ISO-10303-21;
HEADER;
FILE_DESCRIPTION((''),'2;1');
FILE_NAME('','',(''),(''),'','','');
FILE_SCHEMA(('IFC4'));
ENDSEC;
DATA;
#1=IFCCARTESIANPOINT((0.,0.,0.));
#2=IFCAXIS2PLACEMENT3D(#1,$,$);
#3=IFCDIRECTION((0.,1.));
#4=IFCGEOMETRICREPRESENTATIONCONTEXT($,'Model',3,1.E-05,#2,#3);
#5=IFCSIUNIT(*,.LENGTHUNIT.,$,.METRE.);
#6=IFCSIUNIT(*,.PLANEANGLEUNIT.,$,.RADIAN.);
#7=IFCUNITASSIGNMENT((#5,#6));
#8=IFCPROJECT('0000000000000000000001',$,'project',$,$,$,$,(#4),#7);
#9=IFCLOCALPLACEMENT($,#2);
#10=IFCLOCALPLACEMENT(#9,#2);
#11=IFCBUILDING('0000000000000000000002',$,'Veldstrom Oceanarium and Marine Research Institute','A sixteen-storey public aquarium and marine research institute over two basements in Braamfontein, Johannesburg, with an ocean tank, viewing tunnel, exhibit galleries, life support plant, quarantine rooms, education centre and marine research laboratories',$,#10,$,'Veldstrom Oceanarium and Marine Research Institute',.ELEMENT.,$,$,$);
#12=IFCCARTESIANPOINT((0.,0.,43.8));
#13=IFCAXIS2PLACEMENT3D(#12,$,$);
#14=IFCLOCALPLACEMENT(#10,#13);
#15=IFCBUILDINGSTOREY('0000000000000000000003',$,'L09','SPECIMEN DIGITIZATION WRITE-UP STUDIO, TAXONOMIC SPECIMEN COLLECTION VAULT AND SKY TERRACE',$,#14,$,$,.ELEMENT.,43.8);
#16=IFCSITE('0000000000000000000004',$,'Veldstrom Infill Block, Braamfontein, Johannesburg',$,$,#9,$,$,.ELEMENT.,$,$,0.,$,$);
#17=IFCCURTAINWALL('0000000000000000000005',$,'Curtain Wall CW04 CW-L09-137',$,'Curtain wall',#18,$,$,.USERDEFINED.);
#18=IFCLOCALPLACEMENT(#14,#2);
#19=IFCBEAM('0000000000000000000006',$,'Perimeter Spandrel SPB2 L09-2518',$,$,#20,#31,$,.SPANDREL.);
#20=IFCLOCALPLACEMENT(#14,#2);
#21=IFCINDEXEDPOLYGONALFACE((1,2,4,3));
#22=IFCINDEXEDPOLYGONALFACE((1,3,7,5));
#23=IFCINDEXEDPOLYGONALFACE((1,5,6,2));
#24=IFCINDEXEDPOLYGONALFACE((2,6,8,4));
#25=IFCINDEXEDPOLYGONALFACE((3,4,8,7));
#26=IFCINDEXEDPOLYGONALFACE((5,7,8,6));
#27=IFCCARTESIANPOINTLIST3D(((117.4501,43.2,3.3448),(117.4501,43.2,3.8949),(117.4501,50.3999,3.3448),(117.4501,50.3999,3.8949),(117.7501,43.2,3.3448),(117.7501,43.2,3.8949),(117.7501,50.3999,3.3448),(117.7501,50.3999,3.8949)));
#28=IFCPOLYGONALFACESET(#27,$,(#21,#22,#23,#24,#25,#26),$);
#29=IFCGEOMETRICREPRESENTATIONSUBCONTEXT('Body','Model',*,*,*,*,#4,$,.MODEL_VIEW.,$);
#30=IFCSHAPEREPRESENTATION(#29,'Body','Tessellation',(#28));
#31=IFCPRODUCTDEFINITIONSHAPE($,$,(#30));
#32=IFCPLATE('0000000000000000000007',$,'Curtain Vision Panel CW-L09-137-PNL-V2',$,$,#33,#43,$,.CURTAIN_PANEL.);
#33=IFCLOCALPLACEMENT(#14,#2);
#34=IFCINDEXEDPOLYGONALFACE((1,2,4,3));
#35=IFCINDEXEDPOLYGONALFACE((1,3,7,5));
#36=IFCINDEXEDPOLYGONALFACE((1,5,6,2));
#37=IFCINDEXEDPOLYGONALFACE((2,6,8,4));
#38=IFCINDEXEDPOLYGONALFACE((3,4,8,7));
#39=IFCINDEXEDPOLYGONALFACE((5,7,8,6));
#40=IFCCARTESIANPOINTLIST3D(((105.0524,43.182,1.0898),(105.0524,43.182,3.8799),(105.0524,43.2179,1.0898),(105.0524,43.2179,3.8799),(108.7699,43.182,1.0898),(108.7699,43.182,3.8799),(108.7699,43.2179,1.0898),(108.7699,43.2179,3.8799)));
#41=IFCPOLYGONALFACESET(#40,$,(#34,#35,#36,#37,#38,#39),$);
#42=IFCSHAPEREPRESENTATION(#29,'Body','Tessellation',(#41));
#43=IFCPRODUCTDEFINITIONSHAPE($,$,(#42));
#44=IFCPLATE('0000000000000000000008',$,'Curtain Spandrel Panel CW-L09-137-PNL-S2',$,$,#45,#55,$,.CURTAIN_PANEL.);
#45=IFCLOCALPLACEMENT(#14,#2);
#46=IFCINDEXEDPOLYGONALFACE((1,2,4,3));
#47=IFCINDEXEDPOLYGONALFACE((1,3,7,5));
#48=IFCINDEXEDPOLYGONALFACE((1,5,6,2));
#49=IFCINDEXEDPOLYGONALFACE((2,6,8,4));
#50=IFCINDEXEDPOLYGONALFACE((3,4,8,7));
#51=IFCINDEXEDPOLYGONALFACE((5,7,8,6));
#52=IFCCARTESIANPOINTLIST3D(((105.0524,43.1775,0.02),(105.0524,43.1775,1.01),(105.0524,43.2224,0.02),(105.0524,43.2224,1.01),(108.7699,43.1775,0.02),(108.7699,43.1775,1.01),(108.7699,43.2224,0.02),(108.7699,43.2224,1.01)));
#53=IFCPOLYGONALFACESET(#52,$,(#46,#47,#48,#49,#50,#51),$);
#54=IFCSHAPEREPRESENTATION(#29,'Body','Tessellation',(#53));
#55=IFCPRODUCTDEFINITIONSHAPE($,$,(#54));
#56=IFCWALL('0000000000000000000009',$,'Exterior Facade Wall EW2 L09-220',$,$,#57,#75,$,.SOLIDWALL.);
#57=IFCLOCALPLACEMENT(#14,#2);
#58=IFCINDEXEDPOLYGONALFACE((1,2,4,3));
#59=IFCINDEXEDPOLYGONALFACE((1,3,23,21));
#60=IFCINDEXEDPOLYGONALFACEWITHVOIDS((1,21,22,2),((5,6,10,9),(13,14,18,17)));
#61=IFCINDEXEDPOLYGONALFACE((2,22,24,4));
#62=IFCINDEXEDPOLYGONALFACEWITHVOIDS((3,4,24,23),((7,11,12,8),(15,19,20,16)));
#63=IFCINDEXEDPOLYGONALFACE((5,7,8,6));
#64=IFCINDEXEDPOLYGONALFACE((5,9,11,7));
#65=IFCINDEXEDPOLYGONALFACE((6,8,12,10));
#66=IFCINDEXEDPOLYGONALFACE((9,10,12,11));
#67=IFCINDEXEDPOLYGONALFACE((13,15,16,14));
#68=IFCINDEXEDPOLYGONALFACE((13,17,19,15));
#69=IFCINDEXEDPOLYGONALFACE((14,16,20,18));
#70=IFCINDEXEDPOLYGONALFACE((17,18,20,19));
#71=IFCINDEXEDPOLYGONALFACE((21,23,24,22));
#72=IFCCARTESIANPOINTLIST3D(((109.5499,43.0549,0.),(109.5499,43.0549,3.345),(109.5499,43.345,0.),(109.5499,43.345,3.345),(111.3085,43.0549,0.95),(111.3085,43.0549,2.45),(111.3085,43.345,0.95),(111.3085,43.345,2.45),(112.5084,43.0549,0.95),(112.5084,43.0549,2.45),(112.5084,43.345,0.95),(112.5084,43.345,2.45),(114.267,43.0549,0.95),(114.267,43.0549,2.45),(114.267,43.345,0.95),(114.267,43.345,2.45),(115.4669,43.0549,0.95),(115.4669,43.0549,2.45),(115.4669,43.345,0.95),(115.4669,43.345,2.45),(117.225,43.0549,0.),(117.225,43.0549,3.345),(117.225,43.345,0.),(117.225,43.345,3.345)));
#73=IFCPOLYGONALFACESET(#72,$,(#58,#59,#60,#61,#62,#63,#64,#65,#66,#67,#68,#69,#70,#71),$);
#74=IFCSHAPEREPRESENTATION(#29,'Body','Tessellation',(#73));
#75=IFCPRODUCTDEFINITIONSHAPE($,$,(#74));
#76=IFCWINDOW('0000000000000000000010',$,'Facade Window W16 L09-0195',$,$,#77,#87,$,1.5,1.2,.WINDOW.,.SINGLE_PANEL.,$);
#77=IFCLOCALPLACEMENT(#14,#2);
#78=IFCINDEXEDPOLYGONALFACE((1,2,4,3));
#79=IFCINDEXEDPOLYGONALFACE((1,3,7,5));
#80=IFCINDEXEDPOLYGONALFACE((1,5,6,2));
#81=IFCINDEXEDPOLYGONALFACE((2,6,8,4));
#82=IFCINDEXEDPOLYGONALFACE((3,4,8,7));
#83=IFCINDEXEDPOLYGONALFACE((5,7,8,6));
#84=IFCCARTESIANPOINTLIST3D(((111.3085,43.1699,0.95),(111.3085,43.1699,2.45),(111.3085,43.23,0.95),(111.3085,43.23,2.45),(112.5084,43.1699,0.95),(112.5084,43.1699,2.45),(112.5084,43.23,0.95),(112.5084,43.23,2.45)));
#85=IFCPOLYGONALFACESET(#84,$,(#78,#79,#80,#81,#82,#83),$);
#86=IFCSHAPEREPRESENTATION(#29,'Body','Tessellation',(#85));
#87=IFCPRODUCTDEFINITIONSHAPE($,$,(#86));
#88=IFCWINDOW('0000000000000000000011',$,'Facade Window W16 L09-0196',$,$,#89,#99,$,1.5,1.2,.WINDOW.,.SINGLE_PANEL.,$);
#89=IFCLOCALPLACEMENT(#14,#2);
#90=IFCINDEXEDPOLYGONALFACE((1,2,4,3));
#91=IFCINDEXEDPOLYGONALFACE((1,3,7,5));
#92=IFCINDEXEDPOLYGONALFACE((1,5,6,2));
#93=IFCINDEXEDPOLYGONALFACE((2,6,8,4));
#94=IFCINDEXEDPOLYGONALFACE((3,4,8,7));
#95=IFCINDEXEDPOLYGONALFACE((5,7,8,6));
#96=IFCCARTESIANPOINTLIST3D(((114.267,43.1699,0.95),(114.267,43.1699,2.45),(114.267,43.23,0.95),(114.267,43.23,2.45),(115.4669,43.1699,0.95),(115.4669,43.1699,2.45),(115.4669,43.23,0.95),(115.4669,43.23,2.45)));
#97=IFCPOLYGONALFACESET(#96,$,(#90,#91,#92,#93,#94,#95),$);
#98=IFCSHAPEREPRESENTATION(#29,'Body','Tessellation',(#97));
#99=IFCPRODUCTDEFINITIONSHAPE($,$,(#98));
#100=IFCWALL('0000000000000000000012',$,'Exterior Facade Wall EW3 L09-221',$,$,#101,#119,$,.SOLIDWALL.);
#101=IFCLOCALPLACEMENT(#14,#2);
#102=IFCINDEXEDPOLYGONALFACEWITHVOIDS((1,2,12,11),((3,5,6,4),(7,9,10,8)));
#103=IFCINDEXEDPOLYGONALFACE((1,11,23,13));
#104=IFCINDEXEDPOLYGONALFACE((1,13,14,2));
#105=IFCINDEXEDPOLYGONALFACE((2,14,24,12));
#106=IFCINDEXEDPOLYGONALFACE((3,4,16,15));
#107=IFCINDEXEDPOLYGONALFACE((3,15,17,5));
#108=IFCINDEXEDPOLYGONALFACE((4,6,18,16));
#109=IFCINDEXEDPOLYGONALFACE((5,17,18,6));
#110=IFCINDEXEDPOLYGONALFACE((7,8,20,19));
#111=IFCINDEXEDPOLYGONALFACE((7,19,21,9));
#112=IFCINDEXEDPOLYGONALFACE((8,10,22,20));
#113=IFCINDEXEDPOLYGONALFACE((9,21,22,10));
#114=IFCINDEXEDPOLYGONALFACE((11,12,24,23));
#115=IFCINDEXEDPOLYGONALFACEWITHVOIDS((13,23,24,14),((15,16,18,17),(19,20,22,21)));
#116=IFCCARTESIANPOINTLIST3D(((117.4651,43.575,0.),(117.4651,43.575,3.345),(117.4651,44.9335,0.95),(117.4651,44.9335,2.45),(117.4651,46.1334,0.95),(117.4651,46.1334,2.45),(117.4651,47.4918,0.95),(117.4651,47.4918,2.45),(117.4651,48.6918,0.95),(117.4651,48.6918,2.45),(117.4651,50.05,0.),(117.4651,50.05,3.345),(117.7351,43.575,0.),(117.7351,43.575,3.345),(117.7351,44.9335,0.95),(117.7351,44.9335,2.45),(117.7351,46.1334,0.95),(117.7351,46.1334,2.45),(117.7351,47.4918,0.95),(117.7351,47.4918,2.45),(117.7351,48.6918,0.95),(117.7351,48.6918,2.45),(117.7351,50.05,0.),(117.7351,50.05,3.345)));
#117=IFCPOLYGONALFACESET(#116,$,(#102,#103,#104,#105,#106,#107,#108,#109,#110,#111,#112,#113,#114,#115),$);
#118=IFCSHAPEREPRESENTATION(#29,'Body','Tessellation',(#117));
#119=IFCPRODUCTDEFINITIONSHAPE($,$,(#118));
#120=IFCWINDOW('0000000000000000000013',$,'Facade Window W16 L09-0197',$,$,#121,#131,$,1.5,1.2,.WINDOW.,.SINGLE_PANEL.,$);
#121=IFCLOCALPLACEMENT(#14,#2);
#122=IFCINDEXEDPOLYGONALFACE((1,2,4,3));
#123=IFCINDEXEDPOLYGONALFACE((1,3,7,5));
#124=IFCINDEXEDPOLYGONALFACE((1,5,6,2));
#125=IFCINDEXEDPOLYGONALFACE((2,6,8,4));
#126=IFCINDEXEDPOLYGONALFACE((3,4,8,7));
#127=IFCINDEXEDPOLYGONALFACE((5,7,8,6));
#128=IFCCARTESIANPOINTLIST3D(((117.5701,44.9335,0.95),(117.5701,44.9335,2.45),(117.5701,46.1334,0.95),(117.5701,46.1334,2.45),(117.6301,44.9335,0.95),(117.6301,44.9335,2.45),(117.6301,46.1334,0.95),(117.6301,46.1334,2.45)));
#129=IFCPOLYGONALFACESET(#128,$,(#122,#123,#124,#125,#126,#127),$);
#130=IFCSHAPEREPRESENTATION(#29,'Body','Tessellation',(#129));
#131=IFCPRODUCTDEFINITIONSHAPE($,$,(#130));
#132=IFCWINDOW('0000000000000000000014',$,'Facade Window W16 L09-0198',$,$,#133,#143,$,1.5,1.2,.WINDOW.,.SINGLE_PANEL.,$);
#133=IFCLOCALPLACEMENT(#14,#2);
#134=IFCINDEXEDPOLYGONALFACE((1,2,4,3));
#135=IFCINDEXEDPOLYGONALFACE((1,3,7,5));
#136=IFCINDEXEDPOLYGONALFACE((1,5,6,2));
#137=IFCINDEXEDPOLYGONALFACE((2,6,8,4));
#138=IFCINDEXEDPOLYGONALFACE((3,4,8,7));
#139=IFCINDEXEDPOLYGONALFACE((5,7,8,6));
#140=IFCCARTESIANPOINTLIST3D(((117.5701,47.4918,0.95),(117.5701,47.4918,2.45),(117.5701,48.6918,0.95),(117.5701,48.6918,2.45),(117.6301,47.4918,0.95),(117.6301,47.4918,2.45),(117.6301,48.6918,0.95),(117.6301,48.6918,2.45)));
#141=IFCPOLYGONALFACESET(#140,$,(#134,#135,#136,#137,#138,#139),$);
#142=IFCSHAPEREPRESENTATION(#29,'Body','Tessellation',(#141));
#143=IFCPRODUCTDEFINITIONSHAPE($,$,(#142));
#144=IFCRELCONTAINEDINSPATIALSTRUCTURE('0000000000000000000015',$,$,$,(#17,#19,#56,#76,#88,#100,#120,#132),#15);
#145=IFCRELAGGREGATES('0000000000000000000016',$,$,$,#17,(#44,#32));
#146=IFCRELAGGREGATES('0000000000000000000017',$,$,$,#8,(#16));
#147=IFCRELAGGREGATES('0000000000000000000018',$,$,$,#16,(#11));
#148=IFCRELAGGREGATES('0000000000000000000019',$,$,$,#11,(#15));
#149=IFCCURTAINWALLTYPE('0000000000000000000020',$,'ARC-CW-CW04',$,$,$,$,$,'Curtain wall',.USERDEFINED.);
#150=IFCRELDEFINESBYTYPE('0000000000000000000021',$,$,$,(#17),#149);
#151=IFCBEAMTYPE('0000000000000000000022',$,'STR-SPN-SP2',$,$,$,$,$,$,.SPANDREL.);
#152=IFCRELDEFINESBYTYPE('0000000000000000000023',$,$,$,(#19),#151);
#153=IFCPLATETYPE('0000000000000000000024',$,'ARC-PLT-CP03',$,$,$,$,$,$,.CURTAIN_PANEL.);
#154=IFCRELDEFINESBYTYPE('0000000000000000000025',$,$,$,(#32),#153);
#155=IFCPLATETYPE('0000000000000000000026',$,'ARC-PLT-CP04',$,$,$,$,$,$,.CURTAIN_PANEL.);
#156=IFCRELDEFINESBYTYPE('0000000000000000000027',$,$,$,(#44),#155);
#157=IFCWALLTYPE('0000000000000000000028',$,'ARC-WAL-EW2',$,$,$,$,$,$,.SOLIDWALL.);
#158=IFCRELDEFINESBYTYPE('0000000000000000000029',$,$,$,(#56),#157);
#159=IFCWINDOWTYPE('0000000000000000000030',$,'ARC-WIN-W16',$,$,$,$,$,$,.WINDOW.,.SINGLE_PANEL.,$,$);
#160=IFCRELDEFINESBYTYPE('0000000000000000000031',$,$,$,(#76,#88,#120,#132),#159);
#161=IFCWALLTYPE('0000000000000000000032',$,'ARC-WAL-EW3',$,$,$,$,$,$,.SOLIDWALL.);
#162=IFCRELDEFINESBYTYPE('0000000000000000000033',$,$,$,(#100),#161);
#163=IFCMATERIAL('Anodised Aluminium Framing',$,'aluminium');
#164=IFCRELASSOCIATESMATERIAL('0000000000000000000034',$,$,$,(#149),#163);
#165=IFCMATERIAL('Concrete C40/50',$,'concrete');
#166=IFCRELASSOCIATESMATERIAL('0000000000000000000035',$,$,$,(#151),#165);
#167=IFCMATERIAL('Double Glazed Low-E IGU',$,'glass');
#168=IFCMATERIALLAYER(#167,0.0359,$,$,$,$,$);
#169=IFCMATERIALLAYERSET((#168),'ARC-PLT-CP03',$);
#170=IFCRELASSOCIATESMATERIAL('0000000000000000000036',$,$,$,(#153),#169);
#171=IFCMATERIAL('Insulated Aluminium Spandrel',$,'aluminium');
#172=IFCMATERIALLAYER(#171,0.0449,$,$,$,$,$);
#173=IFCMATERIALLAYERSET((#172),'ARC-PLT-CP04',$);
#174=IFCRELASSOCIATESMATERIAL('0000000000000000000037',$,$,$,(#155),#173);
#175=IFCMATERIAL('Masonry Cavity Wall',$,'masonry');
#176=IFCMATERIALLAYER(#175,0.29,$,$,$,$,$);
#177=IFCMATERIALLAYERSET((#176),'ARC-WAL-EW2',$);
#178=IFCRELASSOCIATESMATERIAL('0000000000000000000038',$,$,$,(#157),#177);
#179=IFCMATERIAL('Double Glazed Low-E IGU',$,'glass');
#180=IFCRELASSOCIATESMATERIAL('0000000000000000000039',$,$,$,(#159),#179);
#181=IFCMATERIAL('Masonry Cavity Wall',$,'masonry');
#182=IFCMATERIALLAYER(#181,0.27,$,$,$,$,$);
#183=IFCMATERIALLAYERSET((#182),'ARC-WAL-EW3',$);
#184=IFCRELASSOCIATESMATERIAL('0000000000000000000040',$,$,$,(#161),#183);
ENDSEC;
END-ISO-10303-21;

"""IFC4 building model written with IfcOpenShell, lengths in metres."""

from ifc_helpers import new_model, si_unit, direction, frame, frame_2d, origin, origin_2d, place, context, subcontext, project, spatial, rectangle, extrude, material, layer, layer_set, material_profile, profile_set, type_object, element, fill, aggregate, save


model = new_model("IFC4")

# Units and contexts
model_context = context("Model", 3, precision=1e-05, world=origin(), true_north=direction((0.0, 1.0)))
body_context = subcontext(model_context, "Body", "Model", "MODEL_VIEW")
ifc_project = project(units=[si_unit("LENGTHUNIT", "METRE"), si_unit("PLANEANGLEUNIT", "RADIAN")], contexts=[model_context])

# Site, building, storey
site_placement = place(None, origin())
site = spatial("IfcSite", under=ifc_project, at=site_placement, Name="Veldstrom Infill Block, Braamfontein, Johannesburg", CompositionType="ELEMENT", RefElevation=0.0)
building_placement = place(site_placement, origin())
building = spatial("IfcBuilding", under=site, at=building_placement, Name="Veldstrom Oceanarium and Marine Research Institute", Description="A sixteen-storey public aquarium and marine research institute over two basements in Braamfontein, Johannesburg, with an ocean tank, viewing tunnel, exhibit galleries, life support plant, quarantine rooms, education centre and marine research laboratories", LongName="Veldstrom Oceanarium and Marine Research Institute", CompositionType="ELEMENT")
storey_placement = place(building_placement, frame((0.0, 0.0, 43.8)))
storey = spatial("IfcBuildingStorey", under=building, at=storey_placement, Name="L09", Description="SPECIMEN DIGITIZATION WRITE-UP STUDIO, TAXONOMIC SPECIMEN COLLECTION VAULT AND SKY TERRACE", CompositionType="ELEMENT", Elevation=43.8)

# Curtain wall
ifc_material_1 = material(Name="Anodised Aluminium Framing", Category="aluminium")
curtain_wall_type = type_object("IfcCurtainWallType", Name="ARC-CW-CW04", ElementType="Curtain wall", PredefinedType="USERDEFINED", material=ifc_material_1)
curtain_wall_placement = place(storey_placement, origin())
curtain_wall = element("IfcCurtainWall", 1, at=curtain_wall_placement, inside=storey, type_object=curtain_wall_type, Name="Curtain Wall CW04 CW-L09-137", ObjectType="Curtain wall", PredefinedType="USERDEFINED")

# Beam
ifc_material_2 = material(Name="Concrete C40/50", Category="concrete")
ifc_material_profile_1 = material_profile(ifc_material_2, rectangle(XDim=0.3, YDim=0.55, at=origin_2d()), Name="RC-SPN-300x550")
ifc_profile_set_1 = profile_set([ifc_material_profile_1], Name="Concrete C40/50")
beam_type_1 = type_object("IfcBeamType", Name="STR-SPN-SP2", PredefinedType="SPANDREL", material=ifc_profile_set_1)
beam_1_placement = place(storey_placement, frame((117.6001, 43.2, 3.6199), z_axis=(0.0, 1.0, 0.0), x_axis=(-1.0, 0.0, 0.0)))
element("IfcBeam", 2, at=beam_1_placement, inside=storey, type_object=beam_type_1, Name="Perimeter Spandrel SPB2 L09-2518", PredefinedType="SPANDREL", context=body_context, shape_type="SweptSolid", body=[
    extrude(rectangle(XDim=0.3, YDim=0.55, at=origin_2d()), origin(), (0.0, 0.0, 1.0), 7.2),
])

# Plates
ifc_material_3 = material(Name="Double Glazed Low-E IGU", Category="glass")
ifc_layer_1 = layer(ifc_material_3, 0.0359)
ifc_layer_set_1 = layer_set([ifc_layer_1], Name="ARC-PLT-CP03")
plate_type_1 = type_object("IfcPlateType", Name="ARC-PLT-CP03", PredefinedType="CURTAIN_PANEL", material=ifc_layer_set_1)
plate_1_placement = place(storey_placement, frame((106.9111, 43.2, 1.0898), z_axis=(0.0, 0.0, 1.0), x_axis=(1.0, 0.0, 0.0)))
plate_1 = element("IfcPlate", 3, at=plate_1_placement, type_object=plate_type_1, Name="Curtain Vision Panel CW-L09-137-PNL-V2", PredefinedType="CURTAIN_PANEL", context=body_context, shape_type="SweptSolid", body=[
    extrude(rectangle(XDim=3.7175, YDim=0.0359, at=origin_2d()), origin(), (0.0, 0.0, 1.0), 2.79),
])
ifc_material_4 = material(Name="Insulated Aluminium Spandrel", Category="aluminium")
ifc_layer_2 = layer(ifc_material_4, 0.0449)
ifc_layer_set_2 = layer_set([ifc_layer_2], Name="ARC-PLT-CP04")
plate_type_2 = type_object("IfcPlateType", Name="ARC-PLT-CP04", PredefinedType="CURTAIN_PANEL", material=ifc_layer_set_2)
plate_2_placement = place(storey_placement, frame((106.9111, 43.2, 0.02), z_axis=(0.0, 0.0, 1.0), x_axis=(1.0, 0.0, 0.0)))
plate_2 = element("IfcPlate", 4, at=plate_2_placement, type_object=plate_type_2, Name="Curtain Spandrel Panel CW-L09-137-PNL-S2", PredefinedType="CURTAIN_PANEL", context=body_context, shape_type="SweptSolid", body=[
    extrude(rectangle(XDim=3.7175, YDim=0.0449, at=origin_2d()), origin(), (0.0, 0.0, 1.0), 0.99),
])
aggregate(curtain_wall, [plate_2, plate_1])

# Walls, openings, windows
ifc_material_5 = material(Name="Masonry Cavity Wall", Category="masonry")
ifc_layer_3 = layer(ifc_material_5, 0.29)
ifc_layer_set_3 = layer_set([ifc_layer_3], Name="ARC-WAL-EW2")
wall_type_1 = type_object("IfcWallType", Name="ARC-WAL-EW2", PredefinedType="SOLIDWALL", material=ifc_layer_set_3)
wall_1_placement = place(storey_placement, frame((109.55, 43.2, 0.0), z_axis=(0.0, 0.0, 1.0), x_axis=(1.0, 0.0, 0.0)))
wall_1 = element("IfcWall", 5, at=wall_1_placement, inside=storey, type_object=wall_type_1, Name="Exterior Facade Wall EW2 L09-220", PredefinedType="SOLIDWALL", context=body_context, shape_type="SweptSolid", body=[
    extrude(rectangle(XDim=7.675, YDim=0.29, at=frame_2d((3.8374, 0.0))), origin(), (0.0, 0.0, 1.0), 3.345),
])
opening_1_placement = place(wall_1_placement, frame((1.7583, 0.0, 0.95)))
opening_1 = element("IfcOpeningElement", 6, at=opening_1_placement, cuts=wall_1, PredefinedType="OPENING", context=body_context, shape_type="SweptSolid", body=[
    extrude(rectangle(XDim=1.2, YDim=1.5, at=frame_2d((0.6001, 0.75))), frame((0.0, 0.155, 0.0), z_axis=(0.0, -1.0, 0.0), x_axis=(1.0, 0.0, 0.0)), (0.0, 0.0, 1.0), 0.3101),
])
opening_2_placement = place(wall_1_placement, frame((4.7168, 0.0, 0.95)))
opening_2 = element("IfcOpeningElement", 7, at=opening_2_placement, cuts=wall_1, PredefinedType="OPENING", context=body_context, shape_type="SweptSolid", body=[
    extrude(rectangle(XDim=1.2, YDim=1.5, at=frame_2d((0.6001, 0.75))), frame((0.0, 0.155, 0.0), z_axis=(0.0, -1.0, 0.0), x_axis=(1.0, 0.0, 0.0)), (0.0, 0.0, 1.0), 0.3101),
])
ifc_material_6 = material(Name="Double Glazed Low-E IGU", Category="glass")
window_type = type_object("IfcWindowType", Name="ARC-WIN-W16", PartitioningType="SINGLE_PANEL", PredefinedType="WINDOW", material=ifc_material_6)
window_1_placement = place(opening_1_placement, origin())
window_1 = element("IfcWindow", 8, at=window_1_placement, inside=storey, type_object=window_type, Name="Facade Window W16 L09-0195", OverallHeight=1.5, OverallWidth=1.2, PartitioningType="SINGLE_PANEL", PredefinedType="WINDOW", context=body_context, shape_type="SweptSolid", body=[
    extrude(rectangle(XDim=1.2, YDim=1.5, at=frame_2d((0.6001, 0.75))), frame((0.0, 0.03, 0.0), z_axis=(0.0, -1.0, 0.0), x_axis=(1.0, 0.0, 0.0)), (0.0, 0.0, 1.0), 0.0601),
])
fill(opening_1, window_1)
window_2_placement = place(opening_2_placement, origin())
window_2 = element("IfcWindow", 9, at=window_2_placement, inside=storey, type_object=window_type, Name="Facade Window W16 L09-0196", OverallHeight=1.5, OverallWidth=1.2, PartitioningType="SINGLE_PANEL", PredefinedType="WINDOW", context=body_context, shape_type="SweptSolid", body=[
    extrude(rectangle(XDim=1.2, YDim=1.5, at=frame_2d((0.6001, 0.75))), frame((0.0, 0.03, 0.0), z_axis=(0.0, -1.0, 0.0), x_axis=(1.0, 0.0, 0.0)), (0.0, 0.0, 1.0), 0.0601),
])
fill(opening_2, window_2)
ifc_material_7 = material(Name="Masonry Cavity Wall", Category="masonry")
ifc_layer_4 = layer(ifc_material_7, 0.27)
ifc_layer_set_4 = layer_set([ifc_layer_4], Name="ARC-WAL-EW3")
wall_type_2 = type_object("IfcWallType", Name="ARC-WAL-EW3", PredefinedType="SOLIDWALL", material=ifc_layer_set_4)
wall_2_placement = place(storey_placement, frame((117.6001, 43.575, 0.0), z_axis=(0.0, 0.0, 1.0), x_axis=(0.0, 1.0, 0.0)))
wall_2 = element("IfcWall", 10, at=wall_2_placement, inside=storey, type_object=wall_type_2, Name="Exterior Facade Wall EW3 L09-221", PredefinedType="SOLIDWALL", context=body_context, shape_type="SweptSolid", body=[
    extrude(rectangle(XDim=6.4751, YDim=0.27, at=frame_2d((3.2375, 0.0))), origin(), (0.0, 0.0, 1.0), 3.345),
])
opening_3_placement = place(wall_2_placement, frame((1.3584, 0.0, 0.95)))
opening_3 = element("IfcOpeningElement", 11, at=opening_3_placement, cuts=wall_2, PredefinedType="OPENING", context=body_context, shape_type="SweptSolid", body=[
    extrude(rectangle(XDim=1.2, YDim=1.5, at=frame_2d((0.6001, 0.75))), frame((0.0, 0.145, 0.0), z_axis=(0.0, -1.0, 0.0), x_axis=(1.0, 0.0, 0.0)), (0.0, 0.0, 1.0), 0.29),
])
opening_4_placement = place(wall_2_placement, frame((3.9167, 0.0, 0.95)))
opening_4 = element("IfcOpeningElement", 12, at=opening_4_placement, cuts=wall_2, PredefinedType="OPENING", context=body_context, shape_type="SweptSolid", body=[
    extrude(rectangle(XDim=1.2, YDim=1.5, at=frame_2d((0.6001, 0.75))), frame((0.0, 0.145, 0.0), z_axis=(0.0, -1.0, 0.0), x_axis=(1.0, 0.0, 0.0)), (0.0, 0.0, 1.0), 0.29),
])
window_3_placement = place(opening_3_placement, origin())
window_3 = element("IfcWindow", 13, at=window_3_placement, inside=storey, type_object=window_type, Name="Facade Window W16 L09-0197", OverallHeight=1.5, OverallWidth=1.2, PartitioningType="SINGLE_PANEL", PredefinedType="WINDOW", context=body_context, shape_type="SweptSolid", body=[
    extrude(rectangle(XDim=1.2, YDim=1.5, at=frame_2d((0.6001, 0.75))), frame((0.0, 0.03, 0.0), z_axis=(0.0, -1.0, 0.0), x_axis=(1.0, 0.0, 0.0)), (0.0, 0.0, 1.0), 0.0601),
])
fill(opening_3, window_3)
window_4_placement = place(opening_4_placement, origin())
window_4 = element("IfcWindow", 14, at=window_4_placement, inside=storey, type_object=window_type, Name="Facade Window W16 L09-0198", OverallHeight=1.5, OverallWidth=1.2, PartitioningType="SINGLE_PANEL", PredefinedType="WINDOW", context=body_context, shape_type="SweptSolid", body=[
    extrude(rectangle(XDim=1.2, YDim=1.5, at=frame_2d((0.6001, 0.75))), frame((0.0, 0.03, 0.0), z_axis=(0.0, -1.0, 0.0), x_axis=(1.0, 0.0, 0.0)), (0.0, 0.0, 1.0), 0.0601),
])
fill(opening_4, window_4)

save(model, "model.ifc")
